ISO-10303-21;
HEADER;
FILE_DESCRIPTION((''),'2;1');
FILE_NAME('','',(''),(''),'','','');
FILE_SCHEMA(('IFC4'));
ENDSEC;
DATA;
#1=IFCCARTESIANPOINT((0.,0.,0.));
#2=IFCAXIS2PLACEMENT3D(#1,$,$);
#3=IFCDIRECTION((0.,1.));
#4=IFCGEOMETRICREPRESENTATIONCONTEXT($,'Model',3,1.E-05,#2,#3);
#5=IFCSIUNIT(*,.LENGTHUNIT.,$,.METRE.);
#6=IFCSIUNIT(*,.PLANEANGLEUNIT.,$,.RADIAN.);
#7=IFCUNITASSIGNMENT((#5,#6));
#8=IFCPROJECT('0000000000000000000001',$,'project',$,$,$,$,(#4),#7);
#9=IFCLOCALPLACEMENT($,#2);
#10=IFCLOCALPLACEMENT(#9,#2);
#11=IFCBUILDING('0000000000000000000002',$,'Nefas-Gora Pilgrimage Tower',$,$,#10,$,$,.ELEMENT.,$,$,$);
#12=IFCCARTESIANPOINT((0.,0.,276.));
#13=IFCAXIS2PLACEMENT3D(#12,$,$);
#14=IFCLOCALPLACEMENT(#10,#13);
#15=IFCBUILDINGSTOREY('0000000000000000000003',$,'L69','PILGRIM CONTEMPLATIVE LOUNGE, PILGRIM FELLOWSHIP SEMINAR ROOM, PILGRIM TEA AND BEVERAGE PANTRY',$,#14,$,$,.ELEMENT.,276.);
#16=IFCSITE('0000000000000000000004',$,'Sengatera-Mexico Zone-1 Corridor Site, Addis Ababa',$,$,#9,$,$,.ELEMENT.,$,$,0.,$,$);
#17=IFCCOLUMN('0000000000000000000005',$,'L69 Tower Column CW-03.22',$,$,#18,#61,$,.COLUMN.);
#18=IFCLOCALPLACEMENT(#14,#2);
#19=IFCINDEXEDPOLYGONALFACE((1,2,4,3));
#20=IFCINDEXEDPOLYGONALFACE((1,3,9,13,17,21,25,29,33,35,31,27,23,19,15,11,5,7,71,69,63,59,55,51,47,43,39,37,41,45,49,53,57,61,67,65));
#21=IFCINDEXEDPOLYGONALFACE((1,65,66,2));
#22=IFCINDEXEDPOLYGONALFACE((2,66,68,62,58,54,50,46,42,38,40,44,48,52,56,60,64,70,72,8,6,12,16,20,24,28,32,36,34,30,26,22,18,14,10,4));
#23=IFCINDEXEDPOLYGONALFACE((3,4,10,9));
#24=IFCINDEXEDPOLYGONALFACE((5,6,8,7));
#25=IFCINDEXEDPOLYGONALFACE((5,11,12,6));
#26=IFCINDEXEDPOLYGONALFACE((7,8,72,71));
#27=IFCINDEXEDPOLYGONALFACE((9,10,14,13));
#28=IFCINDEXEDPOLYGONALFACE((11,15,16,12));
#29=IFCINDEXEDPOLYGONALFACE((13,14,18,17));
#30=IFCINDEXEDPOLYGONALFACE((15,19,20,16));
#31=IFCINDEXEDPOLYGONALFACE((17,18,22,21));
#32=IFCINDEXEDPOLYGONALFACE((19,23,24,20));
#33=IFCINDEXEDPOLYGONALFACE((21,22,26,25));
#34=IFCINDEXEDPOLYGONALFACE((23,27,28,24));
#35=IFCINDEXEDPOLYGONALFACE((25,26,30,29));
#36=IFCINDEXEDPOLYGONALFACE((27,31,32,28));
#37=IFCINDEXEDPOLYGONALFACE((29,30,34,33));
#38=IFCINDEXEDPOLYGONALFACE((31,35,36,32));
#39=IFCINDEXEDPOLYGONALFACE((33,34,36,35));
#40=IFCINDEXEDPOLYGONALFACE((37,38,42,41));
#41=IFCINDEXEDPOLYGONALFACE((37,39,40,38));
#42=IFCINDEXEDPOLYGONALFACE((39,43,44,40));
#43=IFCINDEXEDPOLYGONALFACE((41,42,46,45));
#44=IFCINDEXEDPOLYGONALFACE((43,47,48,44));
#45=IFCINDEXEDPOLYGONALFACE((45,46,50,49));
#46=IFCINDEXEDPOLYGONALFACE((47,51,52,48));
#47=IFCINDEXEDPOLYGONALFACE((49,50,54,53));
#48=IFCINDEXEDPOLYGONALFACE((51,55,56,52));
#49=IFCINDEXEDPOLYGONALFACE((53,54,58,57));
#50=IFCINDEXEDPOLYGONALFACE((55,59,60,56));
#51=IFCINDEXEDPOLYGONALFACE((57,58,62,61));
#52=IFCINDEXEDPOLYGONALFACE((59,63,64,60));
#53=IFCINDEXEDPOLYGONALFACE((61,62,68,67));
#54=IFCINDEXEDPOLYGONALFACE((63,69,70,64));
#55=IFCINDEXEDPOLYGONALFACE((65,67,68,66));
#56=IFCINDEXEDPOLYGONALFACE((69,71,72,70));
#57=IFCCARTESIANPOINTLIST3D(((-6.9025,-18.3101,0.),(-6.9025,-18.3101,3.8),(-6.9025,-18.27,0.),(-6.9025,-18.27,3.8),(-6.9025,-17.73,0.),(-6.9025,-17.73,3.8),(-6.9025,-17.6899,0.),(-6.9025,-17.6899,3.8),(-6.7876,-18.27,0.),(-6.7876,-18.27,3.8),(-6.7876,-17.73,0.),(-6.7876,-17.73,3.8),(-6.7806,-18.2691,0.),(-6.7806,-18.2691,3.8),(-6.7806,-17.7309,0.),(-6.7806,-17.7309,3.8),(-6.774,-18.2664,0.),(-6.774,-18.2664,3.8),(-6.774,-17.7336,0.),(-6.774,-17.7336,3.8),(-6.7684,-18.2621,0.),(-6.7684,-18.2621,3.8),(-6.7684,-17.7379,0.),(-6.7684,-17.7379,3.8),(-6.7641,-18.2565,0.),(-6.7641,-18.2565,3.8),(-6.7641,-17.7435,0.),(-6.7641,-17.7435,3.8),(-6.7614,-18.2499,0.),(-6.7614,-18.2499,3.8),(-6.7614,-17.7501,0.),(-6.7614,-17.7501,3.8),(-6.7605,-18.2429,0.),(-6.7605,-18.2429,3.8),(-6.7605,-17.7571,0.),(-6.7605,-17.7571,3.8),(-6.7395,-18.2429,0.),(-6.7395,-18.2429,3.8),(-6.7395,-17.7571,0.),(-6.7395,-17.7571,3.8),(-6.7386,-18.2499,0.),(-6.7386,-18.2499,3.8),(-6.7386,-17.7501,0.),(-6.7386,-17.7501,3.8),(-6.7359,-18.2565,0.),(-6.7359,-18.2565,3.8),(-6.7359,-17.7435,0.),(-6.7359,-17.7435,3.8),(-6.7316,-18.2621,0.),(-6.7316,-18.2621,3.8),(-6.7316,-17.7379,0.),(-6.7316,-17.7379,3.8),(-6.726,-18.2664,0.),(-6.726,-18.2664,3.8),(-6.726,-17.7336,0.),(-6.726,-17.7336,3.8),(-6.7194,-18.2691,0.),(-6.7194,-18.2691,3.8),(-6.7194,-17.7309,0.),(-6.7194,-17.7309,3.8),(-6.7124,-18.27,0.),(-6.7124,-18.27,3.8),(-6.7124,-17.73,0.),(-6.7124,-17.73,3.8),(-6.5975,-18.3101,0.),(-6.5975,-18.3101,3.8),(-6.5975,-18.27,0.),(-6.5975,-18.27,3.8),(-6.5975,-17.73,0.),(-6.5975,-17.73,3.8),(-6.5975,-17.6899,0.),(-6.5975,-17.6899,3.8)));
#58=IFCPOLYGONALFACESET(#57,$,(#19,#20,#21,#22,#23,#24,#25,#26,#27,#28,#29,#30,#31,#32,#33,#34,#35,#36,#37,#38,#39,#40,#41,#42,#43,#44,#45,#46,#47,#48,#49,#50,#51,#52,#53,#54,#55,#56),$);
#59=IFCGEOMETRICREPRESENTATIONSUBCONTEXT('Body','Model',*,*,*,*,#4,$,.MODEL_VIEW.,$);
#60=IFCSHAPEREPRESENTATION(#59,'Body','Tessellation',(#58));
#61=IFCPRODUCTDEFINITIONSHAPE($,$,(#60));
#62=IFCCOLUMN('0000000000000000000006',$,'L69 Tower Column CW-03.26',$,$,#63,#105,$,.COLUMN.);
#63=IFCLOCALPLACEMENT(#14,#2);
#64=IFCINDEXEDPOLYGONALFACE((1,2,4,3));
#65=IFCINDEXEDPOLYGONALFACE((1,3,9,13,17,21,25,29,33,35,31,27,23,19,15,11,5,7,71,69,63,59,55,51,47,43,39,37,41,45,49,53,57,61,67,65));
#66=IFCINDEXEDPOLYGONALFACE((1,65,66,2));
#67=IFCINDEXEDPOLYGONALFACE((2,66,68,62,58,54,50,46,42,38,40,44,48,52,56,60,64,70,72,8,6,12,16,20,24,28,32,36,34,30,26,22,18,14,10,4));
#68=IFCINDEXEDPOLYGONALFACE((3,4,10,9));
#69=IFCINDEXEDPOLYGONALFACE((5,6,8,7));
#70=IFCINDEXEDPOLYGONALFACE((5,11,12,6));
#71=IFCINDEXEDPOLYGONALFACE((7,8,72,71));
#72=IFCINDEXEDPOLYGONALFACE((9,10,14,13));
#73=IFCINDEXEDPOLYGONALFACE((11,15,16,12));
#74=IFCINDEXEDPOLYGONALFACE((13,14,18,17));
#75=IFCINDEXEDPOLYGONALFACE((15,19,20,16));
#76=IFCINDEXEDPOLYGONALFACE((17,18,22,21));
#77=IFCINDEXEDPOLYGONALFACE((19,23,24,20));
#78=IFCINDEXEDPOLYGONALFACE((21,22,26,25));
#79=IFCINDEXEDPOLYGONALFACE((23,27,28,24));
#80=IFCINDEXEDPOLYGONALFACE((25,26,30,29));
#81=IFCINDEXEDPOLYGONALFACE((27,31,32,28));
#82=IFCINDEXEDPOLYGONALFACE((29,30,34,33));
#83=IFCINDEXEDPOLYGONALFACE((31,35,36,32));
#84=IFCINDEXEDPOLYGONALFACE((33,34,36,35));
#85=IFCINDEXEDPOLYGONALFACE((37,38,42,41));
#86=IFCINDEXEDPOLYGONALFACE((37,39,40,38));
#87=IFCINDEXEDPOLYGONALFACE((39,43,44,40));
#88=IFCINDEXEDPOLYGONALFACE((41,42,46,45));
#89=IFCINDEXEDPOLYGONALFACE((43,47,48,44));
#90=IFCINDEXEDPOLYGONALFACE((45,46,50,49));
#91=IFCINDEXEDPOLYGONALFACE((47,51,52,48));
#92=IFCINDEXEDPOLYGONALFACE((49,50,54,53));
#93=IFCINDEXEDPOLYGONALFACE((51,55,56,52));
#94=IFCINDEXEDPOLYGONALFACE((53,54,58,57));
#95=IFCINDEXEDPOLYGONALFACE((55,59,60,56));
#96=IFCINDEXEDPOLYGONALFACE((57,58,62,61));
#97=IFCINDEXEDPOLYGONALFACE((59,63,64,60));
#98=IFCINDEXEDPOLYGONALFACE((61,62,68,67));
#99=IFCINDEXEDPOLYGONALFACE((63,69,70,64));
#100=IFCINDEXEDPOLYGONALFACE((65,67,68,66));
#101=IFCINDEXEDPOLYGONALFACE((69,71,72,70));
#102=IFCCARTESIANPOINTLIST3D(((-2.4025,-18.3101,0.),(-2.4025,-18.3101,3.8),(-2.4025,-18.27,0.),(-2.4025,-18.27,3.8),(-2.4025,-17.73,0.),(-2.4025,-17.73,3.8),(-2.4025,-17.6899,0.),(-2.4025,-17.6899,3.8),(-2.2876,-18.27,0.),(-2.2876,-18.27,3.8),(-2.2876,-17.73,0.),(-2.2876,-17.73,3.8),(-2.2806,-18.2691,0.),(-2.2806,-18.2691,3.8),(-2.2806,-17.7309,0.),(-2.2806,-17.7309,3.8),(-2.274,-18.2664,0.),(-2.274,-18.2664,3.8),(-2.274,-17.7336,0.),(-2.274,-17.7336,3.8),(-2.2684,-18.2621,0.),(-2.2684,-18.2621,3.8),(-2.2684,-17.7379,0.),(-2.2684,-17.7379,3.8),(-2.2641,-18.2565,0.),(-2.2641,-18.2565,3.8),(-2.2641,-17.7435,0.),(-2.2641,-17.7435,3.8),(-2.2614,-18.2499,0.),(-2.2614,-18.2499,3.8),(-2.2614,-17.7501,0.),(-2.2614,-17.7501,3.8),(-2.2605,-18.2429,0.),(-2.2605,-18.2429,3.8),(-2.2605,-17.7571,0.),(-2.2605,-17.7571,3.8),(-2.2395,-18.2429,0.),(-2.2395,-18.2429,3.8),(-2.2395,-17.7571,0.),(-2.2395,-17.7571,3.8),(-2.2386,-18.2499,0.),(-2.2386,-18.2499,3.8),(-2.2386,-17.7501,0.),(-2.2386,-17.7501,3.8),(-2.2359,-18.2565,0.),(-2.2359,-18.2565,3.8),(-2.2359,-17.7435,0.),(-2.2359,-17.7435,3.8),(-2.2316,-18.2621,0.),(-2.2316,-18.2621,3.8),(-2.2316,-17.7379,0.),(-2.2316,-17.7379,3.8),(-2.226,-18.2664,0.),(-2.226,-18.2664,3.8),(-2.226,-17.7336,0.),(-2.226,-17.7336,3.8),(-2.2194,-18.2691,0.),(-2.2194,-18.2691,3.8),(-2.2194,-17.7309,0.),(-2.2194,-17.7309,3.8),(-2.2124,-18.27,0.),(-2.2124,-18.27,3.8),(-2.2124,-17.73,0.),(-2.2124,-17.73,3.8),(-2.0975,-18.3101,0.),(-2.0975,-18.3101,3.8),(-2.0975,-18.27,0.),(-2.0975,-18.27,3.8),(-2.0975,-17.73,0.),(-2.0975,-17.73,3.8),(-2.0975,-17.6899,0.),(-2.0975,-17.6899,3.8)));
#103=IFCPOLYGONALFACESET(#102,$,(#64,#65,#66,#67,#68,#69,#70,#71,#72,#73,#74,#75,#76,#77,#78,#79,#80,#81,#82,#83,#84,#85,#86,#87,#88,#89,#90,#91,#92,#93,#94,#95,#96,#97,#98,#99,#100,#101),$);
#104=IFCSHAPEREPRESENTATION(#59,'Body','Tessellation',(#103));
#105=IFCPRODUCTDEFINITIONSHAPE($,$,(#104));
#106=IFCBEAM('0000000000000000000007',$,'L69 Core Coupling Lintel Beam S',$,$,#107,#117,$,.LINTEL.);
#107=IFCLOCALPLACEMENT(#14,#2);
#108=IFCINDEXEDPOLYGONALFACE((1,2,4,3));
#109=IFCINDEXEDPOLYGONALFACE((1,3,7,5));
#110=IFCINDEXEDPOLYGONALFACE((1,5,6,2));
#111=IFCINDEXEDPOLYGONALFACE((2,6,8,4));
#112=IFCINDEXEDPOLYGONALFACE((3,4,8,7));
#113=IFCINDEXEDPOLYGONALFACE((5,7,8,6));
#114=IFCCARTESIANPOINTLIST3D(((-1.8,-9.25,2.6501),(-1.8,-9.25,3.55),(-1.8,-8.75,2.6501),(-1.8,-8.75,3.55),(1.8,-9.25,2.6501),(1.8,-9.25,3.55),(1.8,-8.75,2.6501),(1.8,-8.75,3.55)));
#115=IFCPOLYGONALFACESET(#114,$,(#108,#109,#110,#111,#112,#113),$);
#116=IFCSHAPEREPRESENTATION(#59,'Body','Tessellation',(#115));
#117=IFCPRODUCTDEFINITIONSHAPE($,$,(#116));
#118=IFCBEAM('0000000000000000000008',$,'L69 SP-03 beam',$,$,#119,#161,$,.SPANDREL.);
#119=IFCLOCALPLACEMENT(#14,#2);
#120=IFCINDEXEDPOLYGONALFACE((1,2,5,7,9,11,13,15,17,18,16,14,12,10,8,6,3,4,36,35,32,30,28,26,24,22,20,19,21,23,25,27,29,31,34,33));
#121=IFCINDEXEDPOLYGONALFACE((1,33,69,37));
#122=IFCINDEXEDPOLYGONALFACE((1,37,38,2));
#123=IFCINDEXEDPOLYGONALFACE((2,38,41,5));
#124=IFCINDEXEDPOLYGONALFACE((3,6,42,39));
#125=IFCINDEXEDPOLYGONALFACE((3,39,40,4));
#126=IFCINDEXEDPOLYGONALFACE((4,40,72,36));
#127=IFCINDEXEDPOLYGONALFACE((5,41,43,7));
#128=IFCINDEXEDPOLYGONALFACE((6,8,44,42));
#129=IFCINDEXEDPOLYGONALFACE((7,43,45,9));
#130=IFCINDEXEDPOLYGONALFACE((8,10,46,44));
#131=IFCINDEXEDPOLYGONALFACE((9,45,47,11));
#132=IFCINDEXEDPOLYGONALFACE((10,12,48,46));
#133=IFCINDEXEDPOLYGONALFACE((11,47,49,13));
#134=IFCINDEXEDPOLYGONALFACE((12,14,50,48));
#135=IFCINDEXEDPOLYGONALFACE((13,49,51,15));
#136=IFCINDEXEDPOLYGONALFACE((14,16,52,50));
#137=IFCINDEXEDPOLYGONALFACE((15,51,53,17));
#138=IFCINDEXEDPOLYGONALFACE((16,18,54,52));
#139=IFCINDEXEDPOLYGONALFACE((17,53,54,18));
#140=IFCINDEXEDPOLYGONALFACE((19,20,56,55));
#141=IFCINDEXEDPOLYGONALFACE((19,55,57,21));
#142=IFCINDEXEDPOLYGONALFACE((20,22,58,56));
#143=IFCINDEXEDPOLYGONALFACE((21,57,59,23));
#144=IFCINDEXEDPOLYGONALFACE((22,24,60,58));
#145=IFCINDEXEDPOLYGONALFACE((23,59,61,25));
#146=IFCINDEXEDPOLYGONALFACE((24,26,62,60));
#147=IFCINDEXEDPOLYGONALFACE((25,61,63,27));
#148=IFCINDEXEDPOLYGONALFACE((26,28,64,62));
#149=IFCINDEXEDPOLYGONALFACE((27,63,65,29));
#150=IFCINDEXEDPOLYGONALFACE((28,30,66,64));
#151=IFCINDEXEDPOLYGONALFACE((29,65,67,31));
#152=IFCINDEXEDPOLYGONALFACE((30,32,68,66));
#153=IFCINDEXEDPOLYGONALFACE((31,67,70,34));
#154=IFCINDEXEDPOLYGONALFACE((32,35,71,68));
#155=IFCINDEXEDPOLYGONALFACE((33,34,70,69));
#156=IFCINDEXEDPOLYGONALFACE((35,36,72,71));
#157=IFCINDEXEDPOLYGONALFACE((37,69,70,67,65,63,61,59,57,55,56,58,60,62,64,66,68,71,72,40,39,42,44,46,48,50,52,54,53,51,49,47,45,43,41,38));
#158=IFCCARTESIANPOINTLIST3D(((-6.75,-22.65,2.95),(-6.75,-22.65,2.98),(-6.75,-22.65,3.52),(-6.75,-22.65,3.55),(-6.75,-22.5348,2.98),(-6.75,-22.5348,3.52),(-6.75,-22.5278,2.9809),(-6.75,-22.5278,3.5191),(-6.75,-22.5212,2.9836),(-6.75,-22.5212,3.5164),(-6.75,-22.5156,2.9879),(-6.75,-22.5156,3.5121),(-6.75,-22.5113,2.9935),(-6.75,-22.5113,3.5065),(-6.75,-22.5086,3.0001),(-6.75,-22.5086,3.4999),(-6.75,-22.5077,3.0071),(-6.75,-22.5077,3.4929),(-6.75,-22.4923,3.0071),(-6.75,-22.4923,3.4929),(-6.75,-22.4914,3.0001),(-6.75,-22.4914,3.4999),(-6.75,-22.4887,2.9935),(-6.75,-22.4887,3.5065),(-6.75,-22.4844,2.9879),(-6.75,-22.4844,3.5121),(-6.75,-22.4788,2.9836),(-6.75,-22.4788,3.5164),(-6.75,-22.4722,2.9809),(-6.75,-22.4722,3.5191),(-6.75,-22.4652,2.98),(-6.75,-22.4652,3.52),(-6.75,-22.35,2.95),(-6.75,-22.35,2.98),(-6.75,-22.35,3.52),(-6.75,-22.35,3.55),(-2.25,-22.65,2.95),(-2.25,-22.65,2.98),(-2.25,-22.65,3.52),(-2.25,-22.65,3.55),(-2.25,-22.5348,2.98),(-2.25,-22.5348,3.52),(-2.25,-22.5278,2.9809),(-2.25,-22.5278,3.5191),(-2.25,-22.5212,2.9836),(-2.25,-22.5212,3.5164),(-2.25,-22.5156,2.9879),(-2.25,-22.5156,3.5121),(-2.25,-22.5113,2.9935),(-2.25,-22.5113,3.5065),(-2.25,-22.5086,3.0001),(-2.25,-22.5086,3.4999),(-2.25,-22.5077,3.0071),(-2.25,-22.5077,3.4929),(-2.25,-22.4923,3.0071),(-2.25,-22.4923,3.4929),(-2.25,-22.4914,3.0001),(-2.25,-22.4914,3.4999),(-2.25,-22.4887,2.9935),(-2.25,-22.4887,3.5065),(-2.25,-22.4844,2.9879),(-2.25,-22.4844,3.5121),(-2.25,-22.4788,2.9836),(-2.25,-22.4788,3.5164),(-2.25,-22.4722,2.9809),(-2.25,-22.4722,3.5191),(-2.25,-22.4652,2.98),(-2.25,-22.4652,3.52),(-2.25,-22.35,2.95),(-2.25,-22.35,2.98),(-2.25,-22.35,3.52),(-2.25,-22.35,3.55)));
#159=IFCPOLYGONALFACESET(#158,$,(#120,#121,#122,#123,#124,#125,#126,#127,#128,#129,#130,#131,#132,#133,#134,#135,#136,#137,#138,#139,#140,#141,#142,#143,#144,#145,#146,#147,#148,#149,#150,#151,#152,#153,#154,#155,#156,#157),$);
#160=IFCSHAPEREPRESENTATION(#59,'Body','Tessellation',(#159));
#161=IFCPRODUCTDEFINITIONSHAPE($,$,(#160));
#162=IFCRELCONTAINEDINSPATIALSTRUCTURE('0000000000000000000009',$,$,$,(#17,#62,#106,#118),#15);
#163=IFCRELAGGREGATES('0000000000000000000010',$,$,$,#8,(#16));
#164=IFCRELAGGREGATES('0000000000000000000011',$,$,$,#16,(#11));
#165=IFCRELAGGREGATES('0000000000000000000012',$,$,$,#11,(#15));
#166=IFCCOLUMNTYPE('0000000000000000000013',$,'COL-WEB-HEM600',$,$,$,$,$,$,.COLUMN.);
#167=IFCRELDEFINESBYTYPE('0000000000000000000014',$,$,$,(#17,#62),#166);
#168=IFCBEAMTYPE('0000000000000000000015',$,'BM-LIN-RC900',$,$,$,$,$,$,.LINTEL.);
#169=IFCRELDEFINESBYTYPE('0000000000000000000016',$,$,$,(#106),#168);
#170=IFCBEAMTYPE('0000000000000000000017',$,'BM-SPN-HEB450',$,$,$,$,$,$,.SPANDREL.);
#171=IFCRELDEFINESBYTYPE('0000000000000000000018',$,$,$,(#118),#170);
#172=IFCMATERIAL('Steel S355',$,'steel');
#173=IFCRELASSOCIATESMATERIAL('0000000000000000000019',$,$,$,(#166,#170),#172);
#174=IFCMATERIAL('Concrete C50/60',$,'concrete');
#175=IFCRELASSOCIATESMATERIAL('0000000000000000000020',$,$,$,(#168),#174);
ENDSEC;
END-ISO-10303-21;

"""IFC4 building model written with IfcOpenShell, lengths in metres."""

from ifc_helpers import new_model, si_unit, direction, frame, origin, origin_2d, place, context, subcontext, project, spatial, rectangle, i_section, extrude, source, transform, mapped, material, material_profile, profile_set, type_object, element, save


model = new_model("IFC4")

# Units and contexts
model_context = context("Model", 3, precision=1e-05, world=origin(), true_north=direction((0.0, 1.0)))
body_context = subcontext(model_context, "Body", "Model", "MODEL_VIEW")
ifc_project = project(units=[si_unit("LENGTHUNIT", "METRE"), si_unit("PLANEANGLEUNIT", "RADIAN")], contexts=[model_context])

# Site, building, storey
site_placement = place(None, origin())
site = spatial("IfcSite", under=ifc_project, at=site_placement, Name="Sengatera-Mexico Zone-1 Corridor Site, Addis Ababa", CompositionType="ELEMENT", RefElevation=0.0)
building_placement = place(site_placement, origin())
building = spatial("IfcBuilding", under=site, at=building_placement, Name="Nefas-Gora Pilgrimage Tower", CompositionType="ELEMENT")
storey_placement = place(building_placement, frame((0.0, 0.0, 276.0)))
storey = spatial("IfcBuildingStorey", under=building, at=storey_placement, Name="L69", Description="PILGRIM CONTEMPLATIVE LOUNGE, PILGRIM FELLOWSHIP SEMINAR ROOM, PILGRIM TEA AND BEVERAGE PANTRY", CompositionType="ELEMENT", Elevation=276.0)

# Columns
ifc_material_1 = material(Name="Steel S355", Category="steel")
ifc_material_profile_1 = material_profile(ifc_material_1, i_section(OverallWidth=0.3049, OverallDepth=0.6201, WebThickness=0.021, FlangeThickness=0.04, FilletRadius=0.0271, at=origin_2d()), Name="HEM 600")
ifc_profile_set_1 = profile_set([ifc_material_profile_1], Name="Steel S355")
column_type_1 = type_object("IfcColumnType", Name="COL-WEB-HEM600", PredefinedType="COLUMN", material=ifc_profile_set_1)
shared_shape_1 = source(origin(), body_context, "Body", "SweptSolid", [
    extrude(i_section(OverallWidth=0.3049, OverallDepth=0.6201, WebThickness=0.021, FlangeThickness=0.04, FilletRadius=0.0271, at=origin_2d()), origin(), (0.0, 0.0, 1.0), 3.8),
])
for number, where, z_axis, x_axis, name in (
    (1, (-6.75, -18.0, 0.0), (0.0, 0.0, 1.0), (1.0, 0.0, 0.0), "L69 Tower Column CW-03.22"),
    (2, (-2.25, -18.0, 0.0), (0.0, 0.0, 1.0), (1.0, 0.0, 0.0), "L69 Tower Column CW-03.26"),
):
    element("IfcColumn", number, at=place(storey_placement, frame(where, z_axis=z_axis, x_axis=x_axis)), inside=storey, type_object=column_type_1, Name=name, PredefinedType="COLUMN", context=body_context, shape_type="MappedRepresentation", body=[
        mapped(shared_shape_1, transform((0.0, 0.0, 0.0), x_axis=(1.0, 0.0, 0.0), y_axis=(0.0, 1.0, 0.0), z_axis=(0.0, 0.0, 1.0), scale=1.0)),
    ])

# Beams
ifc_material_2 = material(Name="Concrete C50/60", Category="concrete")
ifc_material_profile_2 = material_profile(ifc_material_2, rectangle(XDim=0.5, YDim=0.8999, at=origin_2d()), Name="RC 500x900")
ifc_profile_set_2 = profile_set([ifc_material_profile_2], Name="Concrete C50/60")
beam_type_1 = type_object("IfcBeamType", Name="BM-LIN-RC900", PredefinedType="LINTEL", material=ifc_profile_set_2)
shared_shape_2 = source(origin(), body_context, "Body", "SweptSolid", [
    extrude(rectangle(XDim=0.5, YDim=0.8999, at=origin_2d()), origin(), (0.0, 0.0, 1.0), 3.6001),
])
beam_1_placement = place(storey_placement, frame((-1.8, -9.0, 3.1001), z_axis=(1.0, 0.0, 0.0), x_axis=(0.0, 1.0, 0.0)))
element("IfcBeam", 3, at=beam_1_placement, inside=storey, type_object=beam_type_1, Name="L69 Core Coupling Lintel Beam S", PredefinedType="LINTEL", context=body_context, shape_type="MappedRepresentation", body=[
    mapped(shared_shape_2, transform((0.0, 0.0, 0.0), x_axis=(1.0, 0.0, 0.0), y_axis=(0.0, 1.0, 0.0), z_axis=(0.0, 0.0, 1.0), scale=1.0)),
])
ifc_material_profile_3 = material_profile(ifc_material_1, i_section(OverallWidth=0.3, OverallDepth=0.6001, WebThickness=0.0154, FlangeThickness=0.03, FilletRadius=0.0271, at=origin_2d()), Name="HEB 600")
ifc_profile_set_3 = profile_set([ifc_material_profile_3], Name="Steel S355")
beam_type_2 = type_object("IfcBeamType", Name="BM-SPN-HEB450", PredefinedType="SPANDREL", material=ifc_profile_set_3)
shared_shape_3 = source(origin(), body_context, "Body", "SweptSolid", [
    extrude(i_section(OverallWidth=0.3, OverallDepth=0.6001, WebThickness=0.0154, FlangeThickness=0.03, FilletRadius=0.0271, at=origin_2d()), origin(), (0.0, 0.0, 1.0), 4.5),
])
for number, where, z_axis, x_axis, name in (
    (4, (-6.75, -22.5, 3.25), (1.0, 0.0, 0.0), (0.0, 1.0, 0.0), "L69 SP-03 beam"),
):
    element("IfcBeam", number, at=place(storey_placement, frame(where, z_axis=z_axis, x_axis=x_axis)), inside=storey, type_object=beam_type_2, Name=name, PredefinedType="SPANDREL", context=body_context, shape_type="MappedRepresentation", body=[
        mapped(shared_shape_3, transform((0.0, 0.0, 0.0), x_axis=(1.0, 0.0, 0.0), y_axis=(0.0, 1.0, 0.0), z_axis=(0.0, 0.0, 1.0), scale=1.0)),
    ])

save(model, "model.ifc")
